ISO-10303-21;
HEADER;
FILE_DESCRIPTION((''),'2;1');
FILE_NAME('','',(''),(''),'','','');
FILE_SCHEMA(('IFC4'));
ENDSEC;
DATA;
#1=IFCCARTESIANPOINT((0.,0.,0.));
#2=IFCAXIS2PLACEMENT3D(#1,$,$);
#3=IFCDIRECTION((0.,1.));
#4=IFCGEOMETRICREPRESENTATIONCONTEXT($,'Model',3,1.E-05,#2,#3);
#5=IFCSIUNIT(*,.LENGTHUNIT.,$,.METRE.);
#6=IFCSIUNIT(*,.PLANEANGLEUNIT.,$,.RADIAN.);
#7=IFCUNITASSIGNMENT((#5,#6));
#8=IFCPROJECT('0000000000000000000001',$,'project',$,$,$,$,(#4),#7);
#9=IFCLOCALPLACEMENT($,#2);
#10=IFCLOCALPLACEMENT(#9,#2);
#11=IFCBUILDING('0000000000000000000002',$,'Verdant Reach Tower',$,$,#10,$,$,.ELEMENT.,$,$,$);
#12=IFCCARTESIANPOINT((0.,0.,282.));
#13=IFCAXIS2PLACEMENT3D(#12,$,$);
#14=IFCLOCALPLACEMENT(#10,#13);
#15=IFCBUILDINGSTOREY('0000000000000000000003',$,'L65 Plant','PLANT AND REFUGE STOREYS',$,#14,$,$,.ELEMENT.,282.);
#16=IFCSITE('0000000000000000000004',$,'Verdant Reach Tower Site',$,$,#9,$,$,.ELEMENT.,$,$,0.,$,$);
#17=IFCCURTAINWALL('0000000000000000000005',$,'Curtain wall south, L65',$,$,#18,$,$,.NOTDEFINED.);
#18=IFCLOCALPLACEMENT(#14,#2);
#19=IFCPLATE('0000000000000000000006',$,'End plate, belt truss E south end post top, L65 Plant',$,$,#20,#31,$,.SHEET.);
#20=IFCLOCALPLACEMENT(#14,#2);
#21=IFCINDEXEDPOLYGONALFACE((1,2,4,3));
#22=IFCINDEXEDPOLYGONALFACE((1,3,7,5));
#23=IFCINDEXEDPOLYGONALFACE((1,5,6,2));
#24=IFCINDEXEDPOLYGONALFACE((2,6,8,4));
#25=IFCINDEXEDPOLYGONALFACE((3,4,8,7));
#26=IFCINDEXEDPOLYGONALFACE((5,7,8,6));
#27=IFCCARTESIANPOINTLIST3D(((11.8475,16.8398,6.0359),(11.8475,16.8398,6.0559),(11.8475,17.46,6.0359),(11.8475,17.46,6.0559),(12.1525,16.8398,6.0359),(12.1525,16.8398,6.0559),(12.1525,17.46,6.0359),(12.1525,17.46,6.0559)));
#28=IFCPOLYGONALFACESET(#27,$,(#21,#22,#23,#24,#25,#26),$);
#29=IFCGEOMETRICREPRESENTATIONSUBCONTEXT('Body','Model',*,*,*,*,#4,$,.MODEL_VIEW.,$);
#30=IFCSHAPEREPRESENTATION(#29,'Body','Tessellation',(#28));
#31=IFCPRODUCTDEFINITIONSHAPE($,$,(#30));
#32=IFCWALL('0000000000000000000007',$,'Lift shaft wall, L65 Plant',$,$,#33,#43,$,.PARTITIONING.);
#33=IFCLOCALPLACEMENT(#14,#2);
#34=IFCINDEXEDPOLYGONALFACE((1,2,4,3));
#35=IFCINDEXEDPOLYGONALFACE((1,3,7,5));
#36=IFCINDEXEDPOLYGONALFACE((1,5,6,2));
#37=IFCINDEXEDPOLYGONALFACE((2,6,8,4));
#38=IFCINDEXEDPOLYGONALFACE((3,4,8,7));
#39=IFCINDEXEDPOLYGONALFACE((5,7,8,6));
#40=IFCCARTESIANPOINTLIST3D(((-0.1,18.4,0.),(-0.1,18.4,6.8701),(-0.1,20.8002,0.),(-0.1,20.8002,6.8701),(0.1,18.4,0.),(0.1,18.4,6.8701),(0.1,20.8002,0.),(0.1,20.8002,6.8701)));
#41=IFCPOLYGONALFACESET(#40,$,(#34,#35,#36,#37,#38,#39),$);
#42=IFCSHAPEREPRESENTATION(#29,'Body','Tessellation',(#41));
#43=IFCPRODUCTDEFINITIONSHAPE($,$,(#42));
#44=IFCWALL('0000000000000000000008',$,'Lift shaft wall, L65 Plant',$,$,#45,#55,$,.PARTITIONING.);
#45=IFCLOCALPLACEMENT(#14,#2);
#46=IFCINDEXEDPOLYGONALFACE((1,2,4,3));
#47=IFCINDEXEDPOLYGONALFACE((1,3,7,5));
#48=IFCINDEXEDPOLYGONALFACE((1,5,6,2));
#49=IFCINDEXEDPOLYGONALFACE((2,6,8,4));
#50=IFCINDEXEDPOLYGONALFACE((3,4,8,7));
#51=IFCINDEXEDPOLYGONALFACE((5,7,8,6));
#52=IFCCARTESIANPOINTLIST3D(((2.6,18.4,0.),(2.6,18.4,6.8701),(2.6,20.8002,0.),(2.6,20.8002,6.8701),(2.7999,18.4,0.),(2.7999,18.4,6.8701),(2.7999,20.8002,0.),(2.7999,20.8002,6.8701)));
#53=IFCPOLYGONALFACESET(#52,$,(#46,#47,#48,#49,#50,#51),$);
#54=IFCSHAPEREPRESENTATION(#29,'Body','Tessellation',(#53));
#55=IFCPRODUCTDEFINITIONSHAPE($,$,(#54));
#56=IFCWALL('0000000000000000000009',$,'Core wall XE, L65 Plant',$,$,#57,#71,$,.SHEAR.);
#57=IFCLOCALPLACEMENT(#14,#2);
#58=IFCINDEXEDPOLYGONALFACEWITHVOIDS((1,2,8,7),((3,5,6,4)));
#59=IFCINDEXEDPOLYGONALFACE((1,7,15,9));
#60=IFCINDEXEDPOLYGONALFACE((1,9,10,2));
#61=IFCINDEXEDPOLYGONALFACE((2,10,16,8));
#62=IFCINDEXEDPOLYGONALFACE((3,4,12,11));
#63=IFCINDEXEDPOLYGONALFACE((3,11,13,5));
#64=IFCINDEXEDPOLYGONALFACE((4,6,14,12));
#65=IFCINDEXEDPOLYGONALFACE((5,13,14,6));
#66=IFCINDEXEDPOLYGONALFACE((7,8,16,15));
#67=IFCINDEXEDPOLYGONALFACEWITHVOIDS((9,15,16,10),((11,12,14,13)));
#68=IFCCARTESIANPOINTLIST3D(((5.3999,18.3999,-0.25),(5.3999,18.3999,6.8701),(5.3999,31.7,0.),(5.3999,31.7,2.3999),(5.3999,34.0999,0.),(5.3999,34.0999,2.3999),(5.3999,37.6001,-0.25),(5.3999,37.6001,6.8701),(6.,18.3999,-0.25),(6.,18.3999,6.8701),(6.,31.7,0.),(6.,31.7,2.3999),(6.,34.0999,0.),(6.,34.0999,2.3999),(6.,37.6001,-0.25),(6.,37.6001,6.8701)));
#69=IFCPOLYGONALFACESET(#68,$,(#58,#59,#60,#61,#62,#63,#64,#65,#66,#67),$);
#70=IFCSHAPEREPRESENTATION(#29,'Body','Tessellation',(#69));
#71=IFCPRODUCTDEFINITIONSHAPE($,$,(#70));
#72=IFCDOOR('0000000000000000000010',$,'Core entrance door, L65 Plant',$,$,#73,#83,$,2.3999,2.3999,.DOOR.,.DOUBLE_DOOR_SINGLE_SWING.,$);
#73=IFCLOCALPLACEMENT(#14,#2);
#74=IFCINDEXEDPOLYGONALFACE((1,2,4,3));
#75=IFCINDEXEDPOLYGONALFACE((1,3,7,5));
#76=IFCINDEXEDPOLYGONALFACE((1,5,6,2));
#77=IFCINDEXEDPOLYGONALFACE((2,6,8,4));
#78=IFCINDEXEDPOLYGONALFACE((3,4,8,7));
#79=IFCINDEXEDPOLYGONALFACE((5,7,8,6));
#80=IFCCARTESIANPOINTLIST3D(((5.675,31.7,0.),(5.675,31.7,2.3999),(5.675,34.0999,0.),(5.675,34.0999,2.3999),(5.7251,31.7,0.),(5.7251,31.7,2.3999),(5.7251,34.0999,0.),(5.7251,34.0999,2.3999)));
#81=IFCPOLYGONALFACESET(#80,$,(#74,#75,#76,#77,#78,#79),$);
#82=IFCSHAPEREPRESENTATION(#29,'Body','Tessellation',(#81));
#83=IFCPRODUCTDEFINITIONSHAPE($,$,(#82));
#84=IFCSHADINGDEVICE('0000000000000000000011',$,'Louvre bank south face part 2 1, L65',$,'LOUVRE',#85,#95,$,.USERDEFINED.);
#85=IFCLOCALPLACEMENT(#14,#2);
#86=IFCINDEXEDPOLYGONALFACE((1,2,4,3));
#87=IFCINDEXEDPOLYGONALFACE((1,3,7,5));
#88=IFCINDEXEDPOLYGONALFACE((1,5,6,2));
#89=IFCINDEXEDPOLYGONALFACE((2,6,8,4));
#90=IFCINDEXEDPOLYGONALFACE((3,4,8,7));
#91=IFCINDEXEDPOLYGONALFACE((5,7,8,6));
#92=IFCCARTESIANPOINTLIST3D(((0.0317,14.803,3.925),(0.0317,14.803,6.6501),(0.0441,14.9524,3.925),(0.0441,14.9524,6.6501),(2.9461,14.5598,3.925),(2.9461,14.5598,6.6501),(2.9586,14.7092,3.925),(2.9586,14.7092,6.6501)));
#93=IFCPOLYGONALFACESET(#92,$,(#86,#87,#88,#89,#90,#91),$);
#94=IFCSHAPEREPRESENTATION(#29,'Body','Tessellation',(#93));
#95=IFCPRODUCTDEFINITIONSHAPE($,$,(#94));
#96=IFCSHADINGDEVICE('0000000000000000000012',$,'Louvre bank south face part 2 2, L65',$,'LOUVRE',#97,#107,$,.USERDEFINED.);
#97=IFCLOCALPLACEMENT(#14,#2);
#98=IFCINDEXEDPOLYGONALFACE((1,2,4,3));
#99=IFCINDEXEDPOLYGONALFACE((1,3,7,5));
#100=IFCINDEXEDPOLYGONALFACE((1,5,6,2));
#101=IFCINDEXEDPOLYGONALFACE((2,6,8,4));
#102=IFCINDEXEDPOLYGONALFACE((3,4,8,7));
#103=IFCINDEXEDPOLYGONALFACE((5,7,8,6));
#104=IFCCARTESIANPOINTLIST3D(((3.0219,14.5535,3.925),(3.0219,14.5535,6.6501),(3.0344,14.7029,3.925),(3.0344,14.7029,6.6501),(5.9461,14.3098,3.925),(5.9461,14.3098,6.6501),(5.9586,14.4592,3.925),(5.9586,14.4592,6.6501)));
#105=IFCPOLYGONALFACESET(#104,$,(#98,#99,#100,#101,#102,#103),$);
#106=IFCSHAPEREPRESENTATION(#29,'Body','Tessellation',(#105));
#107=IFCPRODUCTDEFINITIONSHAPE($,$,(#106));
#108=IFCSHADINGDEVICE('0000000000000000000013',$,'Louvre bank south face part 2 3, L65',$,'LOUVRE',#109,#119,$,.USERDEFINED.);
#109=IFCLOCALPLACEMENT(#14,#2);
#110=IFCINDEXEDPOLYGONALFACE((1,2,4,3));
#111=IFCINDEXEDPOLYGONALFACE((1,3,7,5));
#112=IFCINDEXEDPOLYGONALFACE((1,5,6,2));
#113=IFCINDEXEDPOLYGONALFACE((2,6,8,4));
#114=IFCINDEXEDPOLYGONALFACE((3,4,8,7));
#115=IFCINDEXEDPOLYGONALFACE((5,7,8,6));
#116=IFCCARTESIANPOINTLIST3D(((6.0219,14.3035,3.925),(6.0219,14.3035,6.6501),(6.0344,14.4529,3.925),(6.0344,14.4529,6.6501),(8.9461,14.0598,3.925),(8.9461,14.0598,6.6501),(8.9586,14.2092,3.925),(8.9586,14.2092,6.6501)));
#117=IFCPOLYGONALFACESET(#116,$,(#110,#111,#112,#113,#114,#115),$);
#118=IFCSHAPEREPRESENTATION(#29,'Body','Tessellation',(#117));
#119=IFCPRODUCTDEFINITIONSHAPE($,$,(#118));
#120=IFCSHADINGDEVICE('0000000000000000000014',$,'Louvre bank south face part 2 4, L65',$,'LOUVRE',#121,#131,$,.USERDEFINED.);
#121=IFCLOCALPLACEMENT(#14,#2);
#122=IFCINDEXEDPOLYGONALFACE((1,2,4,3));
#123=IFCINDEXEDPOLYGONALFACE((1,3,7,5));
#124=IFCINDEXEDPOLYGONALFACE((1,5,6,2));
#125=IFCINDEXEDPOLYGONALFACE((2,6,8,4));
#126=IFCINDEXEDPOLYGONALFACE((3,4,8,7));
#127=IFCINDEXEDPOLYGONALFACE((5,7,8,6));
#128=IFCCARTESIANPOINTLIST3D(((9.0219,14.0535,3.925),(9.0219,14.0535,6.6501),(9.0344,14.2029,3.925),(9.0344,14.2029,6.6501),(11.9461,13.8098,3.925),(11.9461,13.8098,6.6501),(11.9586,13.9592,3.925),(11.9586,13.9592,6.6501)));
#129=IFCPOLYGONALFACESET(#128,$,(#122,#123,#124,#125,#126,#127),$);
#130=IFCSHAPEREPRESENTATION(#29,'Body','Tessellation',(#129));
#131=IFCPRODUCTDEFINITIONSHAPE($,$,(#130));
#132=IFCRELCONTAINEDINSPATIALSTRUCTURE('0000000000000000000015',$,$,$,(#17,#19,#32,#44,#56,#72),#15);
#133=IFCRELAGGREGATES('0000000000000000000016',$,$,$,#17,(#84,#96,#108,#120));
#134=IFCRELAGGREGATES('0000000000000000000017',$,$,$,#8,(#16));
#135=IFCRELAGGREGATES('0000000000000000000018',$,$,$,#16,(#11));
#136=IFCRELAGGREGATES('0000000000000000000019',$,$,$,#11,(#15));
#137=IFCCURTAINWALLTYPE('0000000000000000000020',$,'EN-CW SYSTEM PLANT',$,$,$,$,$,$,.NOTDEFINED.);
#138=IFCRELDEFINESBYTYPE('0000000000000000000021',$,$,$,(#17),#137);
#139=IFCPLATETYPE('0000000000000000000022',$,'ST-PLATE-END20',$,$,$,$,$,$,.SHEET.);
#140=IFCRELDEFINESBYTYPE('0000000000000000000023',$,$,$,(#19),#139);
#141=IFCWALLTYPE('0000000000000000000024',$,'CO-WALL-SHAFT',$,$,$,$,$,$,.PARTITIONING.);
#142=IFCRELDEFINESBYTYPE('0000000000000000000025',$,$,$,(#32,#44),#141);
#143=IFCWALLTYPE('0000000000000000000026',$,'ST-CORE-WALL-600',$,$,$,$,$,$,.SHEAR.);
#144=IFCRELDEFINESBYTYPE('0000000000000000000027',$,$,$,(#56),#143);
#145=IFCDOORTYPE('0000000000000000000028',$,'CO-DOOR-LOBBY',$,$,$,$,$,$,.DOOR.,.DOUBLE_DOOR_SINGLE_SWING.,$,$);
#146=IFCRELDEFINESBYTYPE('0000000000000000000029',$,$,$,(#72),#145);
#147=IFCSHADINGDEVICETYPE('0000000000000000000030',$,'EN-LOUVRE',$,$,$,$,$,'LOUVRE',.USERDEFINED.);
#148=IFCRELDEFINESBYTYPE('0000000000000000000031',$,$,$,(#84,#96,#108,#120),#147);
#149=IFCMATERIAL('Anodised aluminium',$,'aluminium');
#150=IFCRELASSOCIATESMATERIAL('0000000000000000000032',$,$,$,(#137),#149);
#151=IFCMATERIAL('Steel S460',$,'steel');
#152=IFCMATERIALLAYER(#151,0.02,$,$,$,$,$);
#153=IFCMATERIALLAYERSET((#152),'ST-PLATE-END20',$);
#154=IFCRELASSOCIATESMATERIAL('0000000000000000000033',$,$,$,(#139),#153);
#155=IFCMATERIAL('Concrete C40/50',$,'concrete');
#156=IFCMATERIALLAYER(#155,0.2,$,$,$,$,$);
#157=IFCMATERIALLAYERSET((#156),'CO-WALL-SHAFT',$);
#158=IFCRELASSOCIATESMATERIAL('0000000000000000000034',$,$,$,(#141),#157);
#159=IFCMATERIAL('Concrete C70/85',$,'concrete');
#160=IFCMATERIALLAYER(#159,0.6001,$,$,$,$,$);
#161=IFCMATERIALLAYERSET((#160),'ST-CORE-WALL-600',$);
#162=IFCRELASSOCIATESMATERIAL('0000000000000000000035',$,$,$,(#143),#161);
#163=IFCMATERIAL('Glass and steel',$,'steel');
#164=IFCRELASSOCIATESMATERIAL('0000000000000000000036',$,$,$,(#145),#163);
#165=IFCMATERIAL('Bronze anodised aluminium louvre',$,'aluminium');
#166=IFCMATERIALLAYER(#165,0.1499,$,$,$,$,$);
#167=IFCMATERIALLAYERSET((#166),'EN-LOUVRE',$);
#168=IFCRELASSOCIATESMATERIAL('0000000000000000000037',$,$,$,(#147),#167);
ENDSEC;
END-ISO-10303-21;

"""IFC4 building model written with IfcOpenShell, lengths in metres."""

from ifc_helpers import new_model, si_unit, direction, frame, frame_2d, origin, origin_2d, place, context, subcontext, project, spatial, rectangle, extrude, material, layer, layer_set, type_object, element, fill, aggregate, save


model = new_model("IFC4")

# Units and contexts
model_context = context("Model", 3, precision=1e-05, world=origin(), true_north=direction((0.0, 1.0)))
body_context = subcontext(model_context, "Body", "Model", "MODEL_VIEW")
ifc_project = project(units=[si_unit("LENGTHUNIT", "METRE"), si_unit("PLANEANGLEUNIT", "RADIAN")], contexts=[model_context])

# Site, building, storey
site_placement = place(None, origin())
site = spatial("IfcSite", under=ifc_project, at=site_placement, Name="Verdant Reach Tower Site", CompositionType="ELEMENT", RefElevation=0.0)
building_placement = place(site_placement, origin())
building = spatial("IfcBuilding", under=site, at=building_placement, Name="Verdant Reach Tower", CompositionType="ELEMENT")
storey_placement = place(building_placement, frame((0.0, 0.0, 282.0)))
storey = spatial("IfcBuildingStorey", under=building, at=storey_placement, Name="L65 Plant", Description="PLANT AND REFUGE STOREYS", CompositionType="ELEMENT", Elevation=282.0)

# Shared definitions
ifc_material_1 = material(Name="Steel S460", Category="steel")

# Curtain wall
ifc_material_2 = material(Name="Anodised aluminium", Category="aluminium")
curtain_wall_type = type_object("IfcCurtainWallType", Name="EN-CW SYSTEM PLANT", PredefinedType="NOTDEFINED", material=ifc_material_2)
curtain_wall_placement = place(storey_placement, origin())
curtain_wall = element("IfcCurtainWall", 1, at=curtain_wall_placement, inside=storey, type_object=curtain_wall_type, Name="Curtain wall south, L65", PredefinedType="NOTDEFINED")

# Shared definitions
ifc_material_3 = material(Name="Concrete C40/50", Category="concrete")

# Plate
ifc_layer_1 = layer(ifc_material_1, 0.02)
ifc_layer_set_1 = layer_set([ifc_layer_1], Name="ST-PLATE-END20")
plate_type_1 = type_object("IfcPlateType", Name="ST-PLATE-END20", PredefinedType="SHEET", material=ifc_layer_set_1)
for number, where, z_axis, x_axis, name in (
    (2, (12.0, 17.1499, 6.0359), (0.0, 0.0, 1.0), (1.0, 0.0, 0.0), "End plate, belt truss E south end post top, L65 Plant"),
):
    element("IfcPlate", number, at=place(storey_placement, frame(where, z_axis=z_axis, x_axis=x_axis)), inside=storey, type_object=plate_type_1, Name=name, PredefinedType="SHEET", context=body_context, shape_type="SweptSolid", body=[
        extrude(rectangle(XDim=0.3049, YDim=0.6201, at=origin_2d()), origin(), (0.0, 0.0, 1.0), 0.02),
    ])

# Walls
ifc_layer_2 = layer(ifc_material_3, 0.2)
ifc_layer_set_2 = layer_set([ifc_layer_2], Name="CO-WALL-SHAFT")
wall_type_1 = type_object("IfcWallType", Name="CO-WALL-SHAFT", PredefinedType="PARTITIONING", material=ifc_layer_set_2)
for number, where, z_axis, x_axis, name in (
    (3, (0.0, 18.3999, 0.0), (0.0, 0.0, 1.0), (0.0, 1.0, 0.0), "Lift shaft wall, L65 Plant"),
    (4, (2.7, 18.3999, 0.0), (0.0, 0.0, 1.0), (0.0, 1.0, 0.0), "Lift shaft wall, L65 Plant"),
):
    element("IfcWall", number, at=place(storey_placement, frame(where, z_axis=z_axis, x_axis=x_axis)), inside=storey, type_object=wall_type_1, Name=name, PredefinedType="PARTITIONING", context=body_context, shape_type="SweptSolid", body=[
        extrude(rectangle(XDim=2.4001, YDim=0.2, at=frame_2d((1.2002, 0.0))), origin(), (0.0, 0.0, 1.0), 6.8701),
    ])

# Wall, opening, door
ifc_material_4 = material(Name="Concrete C70/85", Category="concrete")
ifc_layer_3 = layer(ifc_material_4, 0.6001)
ifc_layer_set_3 = layer_set([ifc_layer_3], Name="ST-CORE-WALL-600")
wall_type_2 = type_object("IfcWallType", Name="ST-CORE-WALL-600", PredefinedType="SHEAR", material=ifc_layer_set_3)
wall_placement = place(storey_placement, frame((5.7, 18.3999, -0.25), z_axis=(0.0, 0.0, 1.0), x_axis=(0.0, 1.0, 0.0)))
wall = element("IfcWall", 5, at=wall_placement, inside=storey, type_object=wall_type_2, Name="Core wall XE, L65 Plant", PredefinedType="SHEAR", context=body_context, shape_type="SweptSolid", body=[
    extrude(rectangle(XDim=19.2002, YDim=0.6001, at=frame_2d((9.6001, 0.0))), origin(), (0.0, 0.0, 1.0), 7.1201),
])
opening_placement = place(wall_placement, frame((13.3, 0.0, 0.25)))
opening = element("IfcOpeningElement", 6, at=opening_placement, cuts=wall, PredefinedType="OPENING", context=body_context, shape_type="SweptSolid", body=[
    extrude(rectangle(XDim=2.3999, YDim=2.3999, at=frame_2d((1.2, 1.2))), frame((0.0, 0.3101, 0.0), z_axis=(0.0, -1.0, 0.0), x_axis=(1.0, 0.0, 0.0)), (0.0, 0.0, 1.0), 0.6201),
])
ifc_material_5 = material(Name="Glass and steel", Category="steel")
door_type = type_object("IfcDoorType", Name="CO-DOOR-LOBBY", OperationType="DOUBLE_DOOR_SINGLE_SWING", PredefinedType="DOOR", material=ifc_material_5)
door_placement = place(opening_placement, origin())
door = element("IfcDoor", 7, at=door_placement, inside=storey, type_object=door_type, Name="Core entrance door, L65 Plant", OperationType="DOUBLE_DOOR_SINGLE_SWING", OverallHeight=2.3999, OverallWidth=2.3999, PredefinedType="DOOR", context=body_context, shape_type="SweptSolid", body=[
    extrude(rectangle(XDim=2.3999, YDim=2.3999, at=frame_2d((1.2, 1.2))), frame((0.0, 0.0249, 0.0), z_axis=(0.0, -1.0, 0.0), x_axis=(1.0, 0.0, 0.0)), (0.0, 0.0, 1.0), 0.05),
])
fill(opening, door)

# Shading devices
ifc_material_6 = material(Name="Bronze anodised aluminium louvre", Category="aluminium")
ifc_layer_4 = layer(ifc_material_6, 0.1499)
ifc_layer_set_4 = layer_set([ifc_layer_4], Name="EN-LOUVRE")
shading_device_type = type_object("IfcShadingDeviceType", Name="EN-LOUVRE", ElementType="LOUVRE", PredefinedType="USERDEFINED", material=ifc_layer_set_4)
shading_device_1_placement = place(storey_placement, frame((1.4951, 14.7561, 3.925), z_axis=(0.0, 0.0, 1.0), x_axis=(0.996534, -0.083182, 0.0)))
shading_device_1 = element("IfcShadingDevice", 8, at=shading_device_1_placement, type_object=shading_device_type, Name="Louvre bank south face part 2 1, L65", ObjectType="LOUVRE", PredefinedType="USERDEFINED", context=body_context, shape_type="SweptSolid", body=[
    extrude(rectangle(XDim=2.9246, YDim=0.1499, at=origin_2d()), origin(), (0.0, 0.0, 1.0), 2.7251),
])
shading_device_2_placement = place(storey_placement, frame((4.4902, 14.5063, 3.925), z_axis=(0.0, 0.0, 1.0), x_axis=(0.996546, -0.083045, 0.0)))
shading_device_2 = element("IfcShadingDevice", 9, at=shading_device_2_placement, type_object=shading_device_type, Name="Louvre bank south face part 2 2, L65", ObjectType="LOUVRE", PredefinedType="USERDEFINED", context=body_context, shape_type="SweptSolid", body=[
    extrude(rectangle(XDim=2.9343, YDim=0.1499, at=origin_2d()), origin(), (0.0, 0.0, 1.0), 2.7251),
])
shading_device_3_placement = place(storey_placement, frame((7.4902, 14.2563, 3.925), z_axis=(0.0, 0.0, 1.0), x_axis=(0.996546, -0.083045, 0.0)))
shading_device_3 = element("IfcShadingDevice", 10, at=shading_device_3_placement, type_object=shading_device_type, Name="Louvre bank south face part 2 3, L65", ObjectType="LOUVRE", PredefinedType="USERDEFINED", context=body_context, shape_type="SweptSolid", body=[
    extrude(rectangle(XDim=2.9343, YDim=0.1499, at=origin_2d()), origin(), (0.0, 0.0, 1.0), 2.7251),
])
shading_device_4_placement = place(storey_placement, frame((10.4902, 14.0063, 3.925), z_axis=(0.0, 0.0, 1.0), x_axis=(0.996546, -0.083045, 0.0)))
shading_device_4 = element("IfcShadingDevice", 11, at=shading_device_4_placement, type_object=shading_device_type, Name="Louvre bank south face part 2 4, L65", ObjectType="LOUVRE", PredefinedType="USERDEFINED", context=body_context, shape_type="SweptSolid", body=[
    extrude(rectangle(XDim=2.9343, YDim=0.1499, at=origin_2d()), origin(), (0.0, 0.0, 1.0), 2.7251),
])
aggregate(curtain_wall, [shading_device_1, shading_device_2, shading_device_3, shading_device_4])

save(model, "model.ifc")
